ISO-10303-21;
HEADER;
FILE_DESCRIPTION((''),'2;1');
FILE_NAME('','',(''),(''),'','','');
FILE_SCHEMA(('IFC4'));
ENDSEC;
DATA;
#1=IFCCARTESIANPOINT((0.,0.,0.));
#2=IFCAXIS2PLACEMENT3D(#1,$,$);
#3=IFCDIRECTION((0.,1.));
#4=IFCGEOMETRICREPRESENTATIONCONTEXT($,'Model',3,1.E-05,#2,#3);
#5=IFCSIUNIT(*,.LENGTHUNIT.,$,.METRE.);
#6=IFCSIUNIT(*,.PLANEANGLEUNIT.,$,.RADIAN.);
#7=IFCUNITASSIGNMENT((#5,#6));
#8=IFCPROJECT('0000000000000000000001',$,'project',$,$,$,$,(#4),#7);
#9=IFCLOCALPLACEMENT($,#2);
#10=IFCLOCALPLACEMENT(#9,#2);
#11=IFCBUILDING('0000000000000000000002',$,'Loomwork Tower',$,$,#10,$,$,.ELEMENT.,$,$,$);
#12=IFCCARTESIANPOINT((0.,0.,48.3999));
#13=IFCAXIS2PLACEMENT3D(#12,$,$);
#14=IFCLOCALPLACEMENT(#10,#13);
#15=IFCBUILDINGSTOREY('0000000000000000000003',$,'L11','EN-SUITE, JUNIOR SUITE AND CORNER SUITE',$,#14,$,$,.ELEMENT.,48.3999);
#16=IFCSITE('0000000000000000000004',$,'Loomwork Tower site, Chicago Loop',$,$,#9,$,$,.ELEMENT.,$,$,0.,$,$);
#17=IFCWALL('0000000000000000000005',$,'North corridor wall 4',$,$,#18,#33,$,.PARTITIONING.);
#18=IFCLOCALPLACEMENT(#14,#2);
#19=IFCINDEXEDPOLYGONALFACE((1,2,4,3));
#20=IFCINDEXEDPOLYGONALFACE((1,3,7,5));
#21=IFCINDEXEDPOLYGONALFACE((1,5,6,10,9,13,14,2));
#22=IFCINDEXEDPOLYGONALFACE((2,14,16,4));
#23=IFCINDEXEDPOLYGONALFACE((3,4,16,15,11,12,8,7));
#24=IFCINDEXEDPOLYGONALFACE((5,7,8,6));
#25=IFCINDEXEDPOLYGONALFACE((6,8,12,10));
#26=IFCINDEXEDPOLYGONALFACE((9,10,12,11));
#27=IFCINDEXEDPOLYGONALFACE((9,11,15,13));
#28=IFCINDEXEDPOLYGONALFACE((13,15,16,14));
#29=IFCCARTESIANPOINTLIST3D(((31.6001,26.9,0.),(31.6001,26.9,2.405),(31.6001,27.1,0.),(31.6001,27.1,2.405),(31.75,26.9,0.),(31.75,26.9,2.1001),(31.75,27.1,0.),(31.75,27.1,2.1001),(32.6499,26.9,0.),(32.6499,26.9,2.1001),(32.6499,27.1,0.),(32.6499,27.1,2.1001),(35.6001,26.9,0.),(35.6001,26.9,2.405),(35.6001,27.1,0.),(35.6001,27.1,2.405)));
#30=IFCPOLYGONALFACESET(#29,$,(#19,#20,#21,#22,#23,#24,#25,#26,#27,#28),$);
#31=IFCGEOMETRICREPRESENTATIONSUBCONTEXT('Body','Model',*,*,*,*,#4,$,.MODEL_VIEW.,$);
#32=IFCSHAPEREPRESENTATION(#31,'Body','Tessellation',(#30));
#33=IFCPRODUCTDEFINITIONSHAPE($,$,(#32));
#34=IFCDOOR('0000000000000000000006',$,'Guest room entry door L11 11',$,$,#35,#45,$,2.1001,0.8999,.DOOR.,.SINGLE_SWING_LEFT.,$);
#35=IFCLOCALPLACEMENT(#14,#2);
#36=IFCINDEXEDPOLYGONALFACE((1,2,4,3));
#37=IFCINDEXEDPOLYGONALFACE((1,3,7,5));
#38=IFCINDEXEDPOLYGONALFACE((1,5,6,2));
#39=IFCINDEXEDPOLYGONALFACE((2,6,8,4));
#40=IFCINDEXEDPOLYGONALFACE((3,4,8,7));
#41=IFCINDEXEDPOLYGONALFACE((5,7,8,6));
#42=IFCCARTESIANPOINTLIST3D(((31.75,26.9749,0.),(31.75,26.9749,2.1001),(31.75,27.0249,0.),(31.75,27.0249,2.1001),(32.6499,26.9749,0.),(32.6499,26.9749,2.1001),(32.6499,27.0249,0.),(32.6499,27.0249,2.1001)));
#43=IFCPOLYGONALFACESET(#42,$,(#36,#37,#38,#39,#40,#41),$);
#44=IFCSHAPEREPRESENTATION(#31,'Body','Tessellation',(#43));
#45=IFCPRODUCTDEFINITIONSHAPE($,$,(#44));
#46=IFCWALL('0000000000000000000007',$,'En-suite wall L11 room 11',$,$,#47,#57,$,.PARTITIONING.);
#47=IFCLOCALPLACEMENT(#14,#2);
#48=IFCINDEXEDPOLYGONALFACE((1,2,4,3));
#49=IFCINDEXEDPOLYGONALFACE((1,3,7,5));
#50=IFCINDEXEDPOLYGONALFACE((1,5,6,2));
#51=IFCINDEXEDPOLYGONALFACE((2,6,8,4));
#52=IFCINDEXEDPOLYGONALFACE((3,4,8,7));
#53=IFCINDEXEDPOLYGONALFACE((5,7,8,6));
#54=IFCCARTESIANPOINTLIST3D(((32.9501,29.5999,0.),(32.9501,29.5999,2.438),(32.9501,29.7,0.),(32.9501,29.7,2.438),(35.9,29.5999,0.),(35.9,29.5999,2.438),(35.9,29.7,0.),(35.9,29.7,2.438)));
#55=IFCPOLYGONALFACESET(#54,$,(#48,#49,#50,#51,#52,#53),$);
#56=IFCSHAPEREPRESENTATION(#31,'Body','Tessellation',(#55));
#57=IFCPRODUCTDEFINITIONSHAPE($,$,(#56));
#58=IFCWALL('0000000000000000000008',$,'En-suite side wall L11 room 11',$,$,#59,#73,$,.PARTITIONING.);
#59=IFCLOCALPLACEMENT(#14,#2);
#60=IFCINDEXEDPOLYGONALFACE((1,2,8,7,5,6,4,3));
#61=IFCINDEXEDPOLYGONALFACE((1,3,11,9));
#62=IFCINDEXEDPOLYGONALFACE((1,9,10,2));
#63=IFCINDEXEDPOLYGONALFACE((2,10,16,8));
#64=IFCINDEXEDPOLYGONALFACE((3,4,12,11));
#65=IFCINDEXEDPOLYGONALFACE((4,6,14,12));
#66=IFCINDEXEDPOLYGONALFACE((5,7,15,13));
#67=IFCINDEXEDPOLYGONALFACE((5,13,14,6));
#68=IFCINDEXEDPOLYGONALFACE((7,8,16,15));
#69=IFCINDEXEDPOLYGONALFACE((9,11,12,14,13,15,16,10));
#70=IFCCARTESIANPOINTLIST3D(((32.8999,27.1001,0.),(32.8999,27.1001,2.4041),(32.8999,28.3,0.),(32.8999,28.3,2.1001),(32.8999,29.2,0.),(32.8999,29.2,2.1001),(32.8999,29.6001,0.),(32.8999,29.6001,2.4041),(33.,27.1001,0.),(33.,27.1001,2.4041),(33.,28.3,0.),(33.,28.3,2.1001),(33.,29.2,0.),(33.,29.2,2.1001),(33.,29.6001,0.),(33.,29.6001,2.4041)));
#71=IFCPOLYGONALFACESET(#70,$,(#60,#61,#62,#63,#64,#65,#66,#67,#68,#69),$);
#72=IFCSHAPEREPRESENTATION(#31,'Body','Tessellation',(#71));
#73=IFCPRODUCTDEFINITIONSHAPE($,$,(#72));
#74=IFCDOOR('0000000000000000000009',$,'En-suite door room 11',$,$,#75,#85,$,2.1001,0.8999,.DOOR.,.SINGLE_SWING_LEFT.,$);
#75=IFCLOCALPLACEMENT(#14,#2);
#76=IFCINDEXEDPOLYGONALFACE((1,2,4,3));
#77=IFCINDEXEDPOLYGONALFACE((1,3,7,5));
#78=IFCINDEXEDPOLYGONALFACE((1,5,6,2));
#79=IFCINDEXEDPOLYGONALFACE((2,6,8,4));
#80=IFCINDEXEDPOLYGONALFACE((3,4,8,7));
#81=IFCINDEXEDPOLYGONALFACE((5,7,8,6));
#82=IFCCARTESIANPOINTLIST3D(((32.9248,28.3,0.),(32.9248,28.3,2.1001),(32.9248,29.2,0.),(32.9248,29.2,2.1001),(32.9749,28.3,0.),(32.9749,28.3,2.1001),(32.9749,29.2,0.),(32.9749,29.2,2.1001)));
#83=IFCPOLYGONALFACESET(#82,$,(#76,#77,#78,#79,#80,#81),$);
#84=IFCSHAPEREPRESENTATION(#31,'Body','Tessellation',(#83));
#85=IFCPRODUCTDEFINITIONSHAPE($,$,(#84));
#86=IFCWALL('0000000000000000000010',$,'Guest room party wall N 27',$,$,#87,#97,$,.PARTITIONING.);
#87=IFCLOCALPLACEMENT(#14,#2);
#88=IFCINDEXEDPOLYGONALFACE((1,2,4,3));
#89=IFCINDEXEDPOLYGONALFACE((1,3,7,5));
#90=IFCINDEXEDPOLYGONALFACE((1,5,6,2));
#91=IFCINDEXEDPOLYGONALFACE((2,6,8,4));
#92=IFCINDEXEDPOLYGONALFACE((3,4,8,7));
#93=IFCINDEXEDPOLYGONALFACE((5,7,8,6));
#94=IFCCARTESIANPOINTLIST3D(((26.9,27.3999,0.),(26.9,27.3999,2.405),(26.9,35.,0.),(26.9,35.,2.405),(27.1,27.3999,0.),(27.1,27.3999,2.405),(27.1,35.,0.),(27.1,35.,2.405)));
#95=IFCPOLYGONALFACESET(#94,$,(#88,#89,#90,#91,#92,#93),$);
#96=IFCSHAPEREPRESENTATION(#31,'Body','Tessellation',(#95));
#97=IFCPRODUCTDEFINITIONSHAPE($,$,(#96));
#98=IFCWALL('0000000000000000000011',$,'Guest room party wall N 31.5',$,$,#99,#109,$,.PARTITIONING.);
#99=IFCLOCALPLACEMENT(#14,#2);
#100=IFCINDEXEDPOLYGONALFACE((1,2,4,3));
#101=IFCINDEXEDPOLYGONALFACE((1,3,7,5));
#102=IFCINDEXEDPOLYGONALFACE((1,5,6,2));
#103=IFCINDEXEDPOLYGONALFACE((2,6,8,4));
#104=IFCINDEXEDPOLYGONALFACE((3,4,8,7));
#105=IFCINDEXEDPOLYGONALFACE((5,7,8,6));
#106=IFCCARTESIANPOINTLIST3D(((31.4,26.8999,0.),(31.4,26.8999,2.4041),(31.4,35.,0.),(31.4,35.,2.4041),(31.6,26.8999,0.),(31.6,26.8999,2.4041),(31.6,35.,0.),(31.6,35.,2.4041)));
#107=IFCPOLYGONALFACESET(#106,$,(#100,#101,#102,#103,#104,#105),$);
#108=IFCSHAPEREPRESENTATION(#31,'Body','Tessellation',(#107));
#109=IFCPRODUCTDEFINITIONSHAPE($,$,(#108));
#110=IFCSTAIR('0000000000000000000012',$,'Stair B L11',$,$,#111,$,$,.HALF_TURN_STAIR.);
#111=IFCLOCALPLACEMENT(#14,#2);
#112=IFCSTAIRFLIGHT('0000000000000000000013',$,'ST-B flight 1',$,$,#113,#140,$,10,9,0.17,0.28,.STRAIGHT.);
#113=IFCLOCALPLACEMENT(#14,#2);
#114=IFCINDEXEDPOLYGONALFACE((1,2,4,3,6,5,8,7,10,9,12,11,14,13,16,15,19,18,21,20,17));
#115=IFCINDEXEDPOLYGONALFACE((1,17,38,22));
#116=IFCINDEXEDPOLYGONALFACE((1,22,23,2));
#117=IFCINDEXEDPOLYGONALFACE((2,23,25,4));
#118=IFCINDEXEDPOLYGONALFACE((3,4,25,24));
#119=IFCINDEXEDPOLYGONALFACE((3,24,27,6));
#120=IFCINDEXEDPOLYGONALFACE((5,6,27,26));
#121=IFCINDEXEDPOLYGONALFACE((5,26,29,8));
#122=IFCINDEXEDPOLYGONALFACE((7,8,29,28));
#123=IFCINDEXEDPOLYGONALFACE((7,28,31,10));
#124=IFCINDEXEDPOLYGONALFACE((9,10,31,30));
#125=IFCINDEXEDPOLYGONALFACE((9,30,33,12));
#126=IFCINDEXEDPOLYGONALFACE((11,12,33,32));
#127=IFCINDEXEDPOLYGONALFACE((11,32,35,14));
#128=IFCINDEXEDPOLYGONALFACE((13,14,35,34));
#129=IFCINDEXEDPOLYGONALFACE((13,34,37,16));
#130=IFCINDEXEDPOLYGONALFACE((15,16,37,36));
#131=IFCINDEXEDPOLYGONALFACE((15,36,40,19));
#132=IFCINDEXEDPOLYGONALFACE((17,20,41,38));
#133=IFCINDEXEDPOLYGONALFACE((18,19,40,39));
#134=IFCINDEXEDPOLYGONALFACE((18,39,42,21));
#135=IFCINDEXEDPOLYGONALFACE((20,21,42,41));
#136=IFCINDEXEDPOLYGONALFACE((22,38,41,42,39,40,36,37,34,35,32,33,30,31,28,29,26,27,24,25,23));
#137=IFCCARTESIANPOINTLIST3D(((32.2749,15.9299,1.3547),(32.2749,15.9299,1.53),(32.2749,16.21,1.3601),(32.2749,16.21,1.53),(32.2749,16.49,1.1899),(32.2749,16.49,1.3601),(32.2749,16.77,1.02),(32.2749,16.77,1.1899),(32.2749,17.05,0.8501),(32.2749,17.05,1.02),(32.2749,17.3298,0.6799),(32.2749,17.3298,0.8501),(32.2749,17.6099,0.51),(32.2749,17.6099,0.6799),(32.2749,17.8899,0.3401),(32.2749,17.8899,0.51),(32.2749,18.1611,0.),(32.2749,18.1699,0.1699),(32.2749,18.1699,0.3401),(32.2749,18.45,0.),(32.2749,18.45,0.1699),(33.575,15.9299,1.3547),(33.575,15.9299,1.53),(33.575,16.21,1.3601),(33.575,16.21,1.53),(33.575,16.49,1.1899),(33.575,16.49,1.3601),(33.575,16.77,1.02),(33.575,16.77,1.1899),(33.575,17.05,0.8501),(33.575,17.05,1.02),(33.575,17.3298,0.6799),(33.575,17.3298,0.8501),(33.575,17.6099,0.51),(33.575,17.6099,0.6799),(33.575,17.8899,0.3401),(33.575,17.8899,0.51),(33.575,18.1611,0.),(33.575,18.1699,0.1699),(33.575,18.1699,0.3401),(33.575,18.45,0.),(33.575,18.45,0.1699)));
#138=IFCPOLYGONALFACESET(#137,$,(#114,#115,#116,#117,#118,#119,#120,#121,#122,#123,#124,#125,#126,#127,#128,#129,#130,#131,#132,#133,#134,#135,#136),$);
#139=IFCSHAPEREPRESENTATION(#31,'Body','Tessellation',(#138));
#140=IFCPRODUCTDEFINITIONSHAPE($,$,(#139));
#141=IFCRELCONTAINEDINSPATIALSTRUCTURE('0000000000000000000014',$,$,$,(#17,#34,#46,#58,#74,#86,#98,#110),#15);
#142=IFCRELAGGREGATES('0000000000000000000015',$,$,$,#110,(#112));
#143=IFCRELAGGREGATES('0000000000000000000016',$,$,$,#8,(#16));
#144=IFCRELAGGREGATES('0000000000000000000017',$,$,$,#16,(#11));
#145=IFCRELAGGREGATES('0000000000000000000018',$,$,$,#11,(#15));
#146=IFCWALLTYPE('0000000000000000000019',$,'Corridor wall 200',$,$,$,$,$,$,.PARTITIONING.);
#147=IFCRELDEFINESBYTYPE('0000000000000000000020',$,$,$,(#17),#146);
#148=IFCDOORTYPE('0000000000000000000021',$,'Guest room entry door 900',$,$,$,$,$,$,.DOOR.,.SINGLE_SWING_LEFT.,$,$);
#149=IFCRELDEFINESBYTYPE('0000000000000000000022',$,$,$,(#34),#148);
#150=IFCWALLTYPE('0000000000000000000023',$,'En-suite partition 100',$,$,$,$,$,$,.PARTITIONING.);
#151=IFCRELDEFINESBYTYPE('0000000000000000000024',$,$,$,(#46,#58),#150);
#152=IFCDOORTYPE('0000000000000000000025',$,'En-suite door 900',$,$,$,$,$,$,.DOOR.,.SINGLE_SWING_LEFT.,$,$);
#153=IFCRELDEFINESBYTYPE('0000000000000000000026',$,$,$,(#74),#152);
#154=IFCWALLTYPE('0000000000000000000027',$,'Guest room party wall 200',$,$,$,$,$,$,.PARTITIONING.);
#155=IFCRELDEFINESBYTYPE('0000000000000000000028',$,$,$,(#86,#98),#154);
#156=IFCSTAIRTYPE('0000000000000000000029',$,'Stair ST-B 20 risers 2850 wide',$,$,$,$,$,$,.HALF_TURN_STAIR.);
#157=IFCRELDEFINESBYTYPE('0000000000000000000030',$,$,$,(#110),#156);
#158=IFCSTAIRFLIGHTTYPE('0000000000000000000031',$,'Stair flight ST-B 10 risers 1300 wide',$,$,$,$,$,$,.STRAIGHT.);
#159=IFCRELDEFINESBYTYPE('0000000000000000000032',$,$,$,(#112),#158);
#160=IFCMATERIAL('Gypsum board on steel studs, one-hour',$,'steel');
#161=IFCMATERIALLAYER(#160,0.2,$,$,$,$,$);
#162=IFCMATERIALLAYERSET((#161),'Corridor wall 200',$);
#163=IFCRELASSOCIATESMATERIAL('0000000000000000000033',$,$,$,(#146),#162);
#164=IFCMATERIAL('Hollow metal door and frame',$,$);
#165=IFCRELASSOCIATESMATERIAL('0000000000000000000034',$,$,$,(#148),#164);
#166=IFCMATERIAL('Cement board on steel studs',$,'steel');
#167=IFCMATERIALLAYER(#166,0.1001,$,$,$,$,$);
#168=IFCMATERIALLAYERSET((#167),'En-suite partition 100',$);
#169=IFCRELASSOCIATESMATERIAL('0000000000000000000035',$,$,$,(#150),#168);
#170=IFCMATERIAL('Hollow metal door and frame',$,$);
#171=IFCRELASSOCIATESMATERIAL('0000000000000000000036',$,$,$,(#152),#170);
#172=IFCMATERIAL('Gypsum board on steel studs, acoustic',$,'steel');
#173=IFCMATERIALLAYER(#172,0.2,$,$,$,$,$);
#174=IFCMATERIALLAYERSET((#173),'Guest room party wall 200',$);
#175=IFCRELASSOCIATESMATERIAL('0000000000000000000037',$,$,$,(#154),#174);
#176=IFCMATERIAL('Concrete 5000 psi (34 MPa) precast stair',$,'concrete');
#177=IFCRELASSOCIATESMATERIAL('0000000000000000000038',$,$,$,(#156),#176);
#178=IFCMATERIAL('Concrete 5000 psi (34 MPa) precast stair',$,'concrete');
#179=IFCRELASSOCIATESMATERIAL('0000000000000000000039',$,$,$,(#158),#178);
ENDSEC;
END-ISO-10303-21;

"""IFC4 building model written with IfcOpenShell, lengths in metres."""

from ifc_helpers import new_model, si_unit, direction, frame, frame_2d, origin, place, context, subcontext, project, spatial, polyline, rectangle, outline, extrude, material, layer, layer_set, type_object, element, fill, aggregate, save


model = new_model("IFC4")

# Units and contexts
model_context = context("Model", 3, precision=1e-05, world=origin(), true_north=direction((0.0, 1.0)))
body_context = subcontext(model_context, "Body", "Model", "MODEL_VIEW")
ifc_project = project(units=[si_unit("LENGTHUNIT", "METRE"), si_unit("PLANEANGLEUNIT", "RADIAN")], contexts=[model_context])

# Site, building, storey
site_placement = place(None, origin())
site = spatial("IfcSite", under=ifc_project, at=site_placement, Name="Loomwork Tower site, Chicago Loop", CompositionType="ELEMENT", RefElevation=0.0)
building_placement = place(site_placement, origin())
building = spatial("IfcBuilding", under=site, at=building_placement, Name="Loomwork Tower", CompositionType="ELEMENT")
storey_placement = place(building_placement, frame((0.0, 0.0, 48.3999)))
storey = spatial("IfcBuildingStorey", under=building, at=storey_placement, Name="L11", Description="EN-SUITE, JUNIOR SUITE AND CORNER SUITE", CompositionType="ELEMENT", Elevation=48.3999)

# Wall, opening, door
ifc_material_1 = material(Name="Gypsum board on steel studs, one-hour", Category="steel")
ifc_layer_1 = layer(ifc_material_1, 0.2)
ifc_layer_set_1 = layer_set([ifc_layer_1], Name="Corridor wall 200")
wall_type_1 = type_object("IfcWallType", Name="Corridor wall 200", PredefinedType="PARTITIONING", material=ifc_layer_set_1)
wall_1_placement = place(storey_placement, frame((31.6001, 27.0, 0.0), z_axis=(0.0, 0.0, 1.0), x_axis=(1.0, 0.0, 0.0)))
wall_1 = element("IfcWall", 1, at=wall_1_placement, inside=storey, type_object=wall_type_1, Name="North corridor wall 4", PredefinedType="PARTITIONING", context=body_context, shape_type="SweptSolid", body=[
    extrude(rectangle(XDim=4.0, YDim=0.2, at=frame_2d((2.0, 0.0))), origin(), (0.0, 0.0, 1.0), 2.405),
])
opening_1_placement = place(wall_1_placement, frame((0.1499, 0.0, 0.0)))
opening_1 = element("IfcOpeningElement", 2, at=opening_1_placement, cuts=wall_1, PredefinedType="OPENING", context=body_context, shape_type="SweptSolid", body=[
    extrude(rectangle(XDim=0.8999, YDim=2.1001, at=frame_2d((0.45, 1.05))), frame((0.0, 0.1099, 0.0), z_axis=(0.0, -1.0, 0.0), x_axis=(1.0, 0.0, 0.0)), (0.0, 0.0, 1.0), 0.22),
])
ifc_material_2 = material(Name="Hollow metal door and frame")
door_type_1 = type_object("IfcDoorType", Name="Guest room entry door 900", OperationType="SINGLE_SWING_LEFT", PredefinedType="DOOR", material=ifc_material_2)
door_1_placement = place(opening_1_placement, origin())
door_1 = element("IfcDoor", 3, at=door_1_placement, inside=storey, type_object=door_type_1, Name="Guest room entry door L11 11", OperationType="SINGLE_SWING_LEFT", OverallHeight=2.1001, OverallWidth=0.8999, PredefinedType="DOOR", context=body_context, shape_type="SweptSolid", body=[
    extrude(rectangle(XDim=0.8999, YDim=2.1001, at=frame_2d((0.45, 1.05))), frame((0.0, 0.0249, 0.0), z_axis=(0.0, -1.0, 0.0), x_axis=(1.0, 0.0, 0.0)), (0.0, 0.0, 1.0), 0.05),
])
fill(opening_1, door_1)

# Wall
ifc_material_3 = material(Name="Cement board on steel studs", Category="steel")
ifc_layer_2 = layer(ifc_material_3, 0.1001)
ifc_layer_set_2 = layer_set([ifc_layer_2], Name="En-suite partition 100")
wall_type_2 = type_object("IfcWallType", Name="En-suite partition 100", PredefinedType="PARTITIONING", material=ifc_layer_set_2)
wall_2_placement = place(storey_placement, frame((32.95, 29.6499, 0.0), z_axis=(0.0, 0.0, 1.0), x_axis=(1.0, 0.0, 0.0)))
element("IfcWall", 4, at=wall_2_placement, inside=storey, type_object=wall_type_2, Name="En-suite wall L11 room 11", PredefinedType="PARTITIONING", context=body_context, shape_type="SweptSolid", body=[
    extrude(rectangle(XDim=2.95, YDim=0.1001, at=frame_2d((1.4751, 0.0))), origin(), (0.0, 0.0, 1.0), 2.438),
])

# Wall, opening, door
wall_3_placement = place(storey_placement, frame((32.95, 27.1001, 0.0), z_axis=(0.0, 0.0, 1.0), x_axis=(0.0, 1.0, 0.0)))
wall_3 = element("IfcWall", 5, at=wall_3_placement, inside=storey, type_object=wall_type_2, Name="En-suite side wall L11 room 11", PredefinedType="PARTITIONING", context=body_context, shape_type="SweptSolid", body=[
    extrude(rectangle(XDim=2.5, YDim=0.1001, at=frame_2d((1.25, 0.0))), origin(), (0.0, 0.0, 1.0), 2.4041),
])
opening_2_placement = place(wall_3_placement, frame((1.2, 0.0, 0.0)))
opening_2 = element("IfcOpeningElement", 6, at=opening_2_placement, cuts=wall_3, PredefinedType="OPENING", context=body_context, shape_type="SweptSolid", body=[
    extrude(rectangle(XDim=0.8999, YDim=2.1001, at=frame_2d((0.45, 1.05))), frame((0.0, 0.0601, 0.0), z_axis=(0.0, -1.0, 0.0), x_axis=(1.0, 0.0, 0.0)), (0.0, 0.0, 1.0), 0.1201),
])
ifc_material_4 = material(Name="Hollow metal door and frame")
door_type_2 = type_object("IfcDoorType", Name="En-suite door 900", OperationType="SINGLE_SWING_LEFT", PredefinedType="DOOR", material=ifc_material_4)
door_2_placement = place(opening_2_placement, frame((0.8999, 0.0, 0.0), z_axis=(0.0, 0.0, 1.0), x_axis=(-1.0, 0.0, 0.0)))
door_2 = element("IfcDoor", 7, at=door_2_placement, inside=storey, type_object=door_type_2, Name="En-suite door room 11", OperationType="SINGLE_SWING_LEFT", OverallHeight=2.1001, OverallWidth=0.8999, PredefinedType="DOOR", context=body_context, shape_type="SweptSolid", body=[
    extrude(rectangle(XDim=0.8999, YDim=2.1001, at=frame_2d((0.45, 1.05))), frame((0.0, 0.0249, 0.0), z_axis=(0.0, -1.0, 0.0), x_axis=(1.0, 0.0, 0.0)), (0.0, 0.0, 1.0), 0.05),
])
fill(opening_2, door_2)

# Walls
ifc_material_5 = material(Name="Gypsum board on steel studs, acoustic", Category="steel")
ifc_layer_3 = layer(ifc_material_5, 0.2)
ifc_layer_set_3 = layer_set([ifc_layer_3], Name="Guest room party wall 200")
wall_type_3 = type_object("IfcWallType", Name="Guest room party wall 200", PredefinedType="PARTITIONING", material=ifc_layer_set_3)
wall_4_placement = place(storey_placement, frame((27.0, 27.3999, 0.0), z_axis=(0.0, 0.0, 1.0), x_axis=(0.0, 1.0, 0.0)))
element("IfcWall", 8, at=wall_4_placement, inside=storey, type_object=wall_type_3, Name="Guest room party wall N 27", PredefinedType="PARTITIONING", context=body_context, shape_type="SweptSolid", body=[
    extrude(rectangle(XDim=7.6001, YDim=0.2, at=frame_2d((3.8, 0.0))), origin(), (0.0, 0.0, 1.0), 2.405),
])
wall_5_placement = place(storey_placement, frame((31.5, 26.8999, 0.0), z_axis=(0.0, 0.0, 1.0), x_axis=(0.0, 1.0, 0.0)))
element("IfcWall", 9, at=wall_5_placement, inside=storey, type_object=wall_type_3, Name="Guest room party wall N 31.5", PredefinedType="PARTITIONING", context=body_context, shape_type="SweptSolid", body=[
    extrude(rectangle(XDim=8.1001, YDim=0.2, at=frame_2d((4.05, 0.0))), origin(), (0.0, 0.0, 1.0), 2.4041),
])

# Stair, stair flight
ifc_material_6 = material(Name="Concrete 5000 psi (34 MPa) precast stair", Category="concrete")
stair_type = type_object("IfcStairType", Name="Stair ST-B 20 risers 2850 wide", PredefinedType="HALF_TURN_STAIR", material=ifc_material_6)
stair_placement = place(storey_placement, origin())
stair = element("IfcStair", 10, at=stair_placement, inside=storey, type_object=stair_type, Name="Stair B L11", PredefinedType="HALF_TURN_STAIR")
ifc_material_7 = material(Name="Concrete 5000 psi (34 MPa) precast stair", Category="concrete")
stair_flight_type = type_object("IfcStairFlightType", Name="Stair flight ST-B 10 risers 1300 wide", PredefinedType="STRAIGHT", material=ifc_material_7)
stair_flight_placement = place(storey_placement, frame((32.925, 18.45, 0.0), z_axis=(0.0, 0.0, 1.0), x_axis=(0.0, -1.0, 0.0)))
stair_flight = element("IfcStairFlight", 11, at=stair_flight_placement, type_object=stair_flight_type, Name="ST-B flight 1", NumberOfRisers=10, NumberOfTreads=9, PredefinedType="STRAIGHT", RiserHeight=0.17, TreadLength=0.28, context=body_context, shape_type="SweptSolid", body=[
    extrude(outline(polyline([(0.0, 0.0), (0.0, 0.1699), (0.28, 0.1699), (0.28, 0.3401), (0.5601, 0.3401), (0.5601, 0.51), (0.8401, 0.51), (0.8401, 0.6799), (1.1201, 0.6799), (1.1201, 0.8501), (1.3999, 0.8501), (1.3999, 1.02), (1.6799, 1.02), (1.6799, 1.1899), (1.96, 1.1899), (1.96, 1.3601), (2.24, 1.3601), (2.24, 1.53), (2.52, 1.53), (2.52, 1.7), (2.52, 1.3547), (0.2888, 0.0), (0.0, 0.0)])), frame((0.0, 0.6499, 0.0), z_axis=(0.0, -1.0, 0.0), x_axis=(1.0, 0.0, 0.0)), (0.0, 0.0, 1.0), 1.3),
])
aggregate(stair, [stair_flight])

save(model, "model.ifc")
